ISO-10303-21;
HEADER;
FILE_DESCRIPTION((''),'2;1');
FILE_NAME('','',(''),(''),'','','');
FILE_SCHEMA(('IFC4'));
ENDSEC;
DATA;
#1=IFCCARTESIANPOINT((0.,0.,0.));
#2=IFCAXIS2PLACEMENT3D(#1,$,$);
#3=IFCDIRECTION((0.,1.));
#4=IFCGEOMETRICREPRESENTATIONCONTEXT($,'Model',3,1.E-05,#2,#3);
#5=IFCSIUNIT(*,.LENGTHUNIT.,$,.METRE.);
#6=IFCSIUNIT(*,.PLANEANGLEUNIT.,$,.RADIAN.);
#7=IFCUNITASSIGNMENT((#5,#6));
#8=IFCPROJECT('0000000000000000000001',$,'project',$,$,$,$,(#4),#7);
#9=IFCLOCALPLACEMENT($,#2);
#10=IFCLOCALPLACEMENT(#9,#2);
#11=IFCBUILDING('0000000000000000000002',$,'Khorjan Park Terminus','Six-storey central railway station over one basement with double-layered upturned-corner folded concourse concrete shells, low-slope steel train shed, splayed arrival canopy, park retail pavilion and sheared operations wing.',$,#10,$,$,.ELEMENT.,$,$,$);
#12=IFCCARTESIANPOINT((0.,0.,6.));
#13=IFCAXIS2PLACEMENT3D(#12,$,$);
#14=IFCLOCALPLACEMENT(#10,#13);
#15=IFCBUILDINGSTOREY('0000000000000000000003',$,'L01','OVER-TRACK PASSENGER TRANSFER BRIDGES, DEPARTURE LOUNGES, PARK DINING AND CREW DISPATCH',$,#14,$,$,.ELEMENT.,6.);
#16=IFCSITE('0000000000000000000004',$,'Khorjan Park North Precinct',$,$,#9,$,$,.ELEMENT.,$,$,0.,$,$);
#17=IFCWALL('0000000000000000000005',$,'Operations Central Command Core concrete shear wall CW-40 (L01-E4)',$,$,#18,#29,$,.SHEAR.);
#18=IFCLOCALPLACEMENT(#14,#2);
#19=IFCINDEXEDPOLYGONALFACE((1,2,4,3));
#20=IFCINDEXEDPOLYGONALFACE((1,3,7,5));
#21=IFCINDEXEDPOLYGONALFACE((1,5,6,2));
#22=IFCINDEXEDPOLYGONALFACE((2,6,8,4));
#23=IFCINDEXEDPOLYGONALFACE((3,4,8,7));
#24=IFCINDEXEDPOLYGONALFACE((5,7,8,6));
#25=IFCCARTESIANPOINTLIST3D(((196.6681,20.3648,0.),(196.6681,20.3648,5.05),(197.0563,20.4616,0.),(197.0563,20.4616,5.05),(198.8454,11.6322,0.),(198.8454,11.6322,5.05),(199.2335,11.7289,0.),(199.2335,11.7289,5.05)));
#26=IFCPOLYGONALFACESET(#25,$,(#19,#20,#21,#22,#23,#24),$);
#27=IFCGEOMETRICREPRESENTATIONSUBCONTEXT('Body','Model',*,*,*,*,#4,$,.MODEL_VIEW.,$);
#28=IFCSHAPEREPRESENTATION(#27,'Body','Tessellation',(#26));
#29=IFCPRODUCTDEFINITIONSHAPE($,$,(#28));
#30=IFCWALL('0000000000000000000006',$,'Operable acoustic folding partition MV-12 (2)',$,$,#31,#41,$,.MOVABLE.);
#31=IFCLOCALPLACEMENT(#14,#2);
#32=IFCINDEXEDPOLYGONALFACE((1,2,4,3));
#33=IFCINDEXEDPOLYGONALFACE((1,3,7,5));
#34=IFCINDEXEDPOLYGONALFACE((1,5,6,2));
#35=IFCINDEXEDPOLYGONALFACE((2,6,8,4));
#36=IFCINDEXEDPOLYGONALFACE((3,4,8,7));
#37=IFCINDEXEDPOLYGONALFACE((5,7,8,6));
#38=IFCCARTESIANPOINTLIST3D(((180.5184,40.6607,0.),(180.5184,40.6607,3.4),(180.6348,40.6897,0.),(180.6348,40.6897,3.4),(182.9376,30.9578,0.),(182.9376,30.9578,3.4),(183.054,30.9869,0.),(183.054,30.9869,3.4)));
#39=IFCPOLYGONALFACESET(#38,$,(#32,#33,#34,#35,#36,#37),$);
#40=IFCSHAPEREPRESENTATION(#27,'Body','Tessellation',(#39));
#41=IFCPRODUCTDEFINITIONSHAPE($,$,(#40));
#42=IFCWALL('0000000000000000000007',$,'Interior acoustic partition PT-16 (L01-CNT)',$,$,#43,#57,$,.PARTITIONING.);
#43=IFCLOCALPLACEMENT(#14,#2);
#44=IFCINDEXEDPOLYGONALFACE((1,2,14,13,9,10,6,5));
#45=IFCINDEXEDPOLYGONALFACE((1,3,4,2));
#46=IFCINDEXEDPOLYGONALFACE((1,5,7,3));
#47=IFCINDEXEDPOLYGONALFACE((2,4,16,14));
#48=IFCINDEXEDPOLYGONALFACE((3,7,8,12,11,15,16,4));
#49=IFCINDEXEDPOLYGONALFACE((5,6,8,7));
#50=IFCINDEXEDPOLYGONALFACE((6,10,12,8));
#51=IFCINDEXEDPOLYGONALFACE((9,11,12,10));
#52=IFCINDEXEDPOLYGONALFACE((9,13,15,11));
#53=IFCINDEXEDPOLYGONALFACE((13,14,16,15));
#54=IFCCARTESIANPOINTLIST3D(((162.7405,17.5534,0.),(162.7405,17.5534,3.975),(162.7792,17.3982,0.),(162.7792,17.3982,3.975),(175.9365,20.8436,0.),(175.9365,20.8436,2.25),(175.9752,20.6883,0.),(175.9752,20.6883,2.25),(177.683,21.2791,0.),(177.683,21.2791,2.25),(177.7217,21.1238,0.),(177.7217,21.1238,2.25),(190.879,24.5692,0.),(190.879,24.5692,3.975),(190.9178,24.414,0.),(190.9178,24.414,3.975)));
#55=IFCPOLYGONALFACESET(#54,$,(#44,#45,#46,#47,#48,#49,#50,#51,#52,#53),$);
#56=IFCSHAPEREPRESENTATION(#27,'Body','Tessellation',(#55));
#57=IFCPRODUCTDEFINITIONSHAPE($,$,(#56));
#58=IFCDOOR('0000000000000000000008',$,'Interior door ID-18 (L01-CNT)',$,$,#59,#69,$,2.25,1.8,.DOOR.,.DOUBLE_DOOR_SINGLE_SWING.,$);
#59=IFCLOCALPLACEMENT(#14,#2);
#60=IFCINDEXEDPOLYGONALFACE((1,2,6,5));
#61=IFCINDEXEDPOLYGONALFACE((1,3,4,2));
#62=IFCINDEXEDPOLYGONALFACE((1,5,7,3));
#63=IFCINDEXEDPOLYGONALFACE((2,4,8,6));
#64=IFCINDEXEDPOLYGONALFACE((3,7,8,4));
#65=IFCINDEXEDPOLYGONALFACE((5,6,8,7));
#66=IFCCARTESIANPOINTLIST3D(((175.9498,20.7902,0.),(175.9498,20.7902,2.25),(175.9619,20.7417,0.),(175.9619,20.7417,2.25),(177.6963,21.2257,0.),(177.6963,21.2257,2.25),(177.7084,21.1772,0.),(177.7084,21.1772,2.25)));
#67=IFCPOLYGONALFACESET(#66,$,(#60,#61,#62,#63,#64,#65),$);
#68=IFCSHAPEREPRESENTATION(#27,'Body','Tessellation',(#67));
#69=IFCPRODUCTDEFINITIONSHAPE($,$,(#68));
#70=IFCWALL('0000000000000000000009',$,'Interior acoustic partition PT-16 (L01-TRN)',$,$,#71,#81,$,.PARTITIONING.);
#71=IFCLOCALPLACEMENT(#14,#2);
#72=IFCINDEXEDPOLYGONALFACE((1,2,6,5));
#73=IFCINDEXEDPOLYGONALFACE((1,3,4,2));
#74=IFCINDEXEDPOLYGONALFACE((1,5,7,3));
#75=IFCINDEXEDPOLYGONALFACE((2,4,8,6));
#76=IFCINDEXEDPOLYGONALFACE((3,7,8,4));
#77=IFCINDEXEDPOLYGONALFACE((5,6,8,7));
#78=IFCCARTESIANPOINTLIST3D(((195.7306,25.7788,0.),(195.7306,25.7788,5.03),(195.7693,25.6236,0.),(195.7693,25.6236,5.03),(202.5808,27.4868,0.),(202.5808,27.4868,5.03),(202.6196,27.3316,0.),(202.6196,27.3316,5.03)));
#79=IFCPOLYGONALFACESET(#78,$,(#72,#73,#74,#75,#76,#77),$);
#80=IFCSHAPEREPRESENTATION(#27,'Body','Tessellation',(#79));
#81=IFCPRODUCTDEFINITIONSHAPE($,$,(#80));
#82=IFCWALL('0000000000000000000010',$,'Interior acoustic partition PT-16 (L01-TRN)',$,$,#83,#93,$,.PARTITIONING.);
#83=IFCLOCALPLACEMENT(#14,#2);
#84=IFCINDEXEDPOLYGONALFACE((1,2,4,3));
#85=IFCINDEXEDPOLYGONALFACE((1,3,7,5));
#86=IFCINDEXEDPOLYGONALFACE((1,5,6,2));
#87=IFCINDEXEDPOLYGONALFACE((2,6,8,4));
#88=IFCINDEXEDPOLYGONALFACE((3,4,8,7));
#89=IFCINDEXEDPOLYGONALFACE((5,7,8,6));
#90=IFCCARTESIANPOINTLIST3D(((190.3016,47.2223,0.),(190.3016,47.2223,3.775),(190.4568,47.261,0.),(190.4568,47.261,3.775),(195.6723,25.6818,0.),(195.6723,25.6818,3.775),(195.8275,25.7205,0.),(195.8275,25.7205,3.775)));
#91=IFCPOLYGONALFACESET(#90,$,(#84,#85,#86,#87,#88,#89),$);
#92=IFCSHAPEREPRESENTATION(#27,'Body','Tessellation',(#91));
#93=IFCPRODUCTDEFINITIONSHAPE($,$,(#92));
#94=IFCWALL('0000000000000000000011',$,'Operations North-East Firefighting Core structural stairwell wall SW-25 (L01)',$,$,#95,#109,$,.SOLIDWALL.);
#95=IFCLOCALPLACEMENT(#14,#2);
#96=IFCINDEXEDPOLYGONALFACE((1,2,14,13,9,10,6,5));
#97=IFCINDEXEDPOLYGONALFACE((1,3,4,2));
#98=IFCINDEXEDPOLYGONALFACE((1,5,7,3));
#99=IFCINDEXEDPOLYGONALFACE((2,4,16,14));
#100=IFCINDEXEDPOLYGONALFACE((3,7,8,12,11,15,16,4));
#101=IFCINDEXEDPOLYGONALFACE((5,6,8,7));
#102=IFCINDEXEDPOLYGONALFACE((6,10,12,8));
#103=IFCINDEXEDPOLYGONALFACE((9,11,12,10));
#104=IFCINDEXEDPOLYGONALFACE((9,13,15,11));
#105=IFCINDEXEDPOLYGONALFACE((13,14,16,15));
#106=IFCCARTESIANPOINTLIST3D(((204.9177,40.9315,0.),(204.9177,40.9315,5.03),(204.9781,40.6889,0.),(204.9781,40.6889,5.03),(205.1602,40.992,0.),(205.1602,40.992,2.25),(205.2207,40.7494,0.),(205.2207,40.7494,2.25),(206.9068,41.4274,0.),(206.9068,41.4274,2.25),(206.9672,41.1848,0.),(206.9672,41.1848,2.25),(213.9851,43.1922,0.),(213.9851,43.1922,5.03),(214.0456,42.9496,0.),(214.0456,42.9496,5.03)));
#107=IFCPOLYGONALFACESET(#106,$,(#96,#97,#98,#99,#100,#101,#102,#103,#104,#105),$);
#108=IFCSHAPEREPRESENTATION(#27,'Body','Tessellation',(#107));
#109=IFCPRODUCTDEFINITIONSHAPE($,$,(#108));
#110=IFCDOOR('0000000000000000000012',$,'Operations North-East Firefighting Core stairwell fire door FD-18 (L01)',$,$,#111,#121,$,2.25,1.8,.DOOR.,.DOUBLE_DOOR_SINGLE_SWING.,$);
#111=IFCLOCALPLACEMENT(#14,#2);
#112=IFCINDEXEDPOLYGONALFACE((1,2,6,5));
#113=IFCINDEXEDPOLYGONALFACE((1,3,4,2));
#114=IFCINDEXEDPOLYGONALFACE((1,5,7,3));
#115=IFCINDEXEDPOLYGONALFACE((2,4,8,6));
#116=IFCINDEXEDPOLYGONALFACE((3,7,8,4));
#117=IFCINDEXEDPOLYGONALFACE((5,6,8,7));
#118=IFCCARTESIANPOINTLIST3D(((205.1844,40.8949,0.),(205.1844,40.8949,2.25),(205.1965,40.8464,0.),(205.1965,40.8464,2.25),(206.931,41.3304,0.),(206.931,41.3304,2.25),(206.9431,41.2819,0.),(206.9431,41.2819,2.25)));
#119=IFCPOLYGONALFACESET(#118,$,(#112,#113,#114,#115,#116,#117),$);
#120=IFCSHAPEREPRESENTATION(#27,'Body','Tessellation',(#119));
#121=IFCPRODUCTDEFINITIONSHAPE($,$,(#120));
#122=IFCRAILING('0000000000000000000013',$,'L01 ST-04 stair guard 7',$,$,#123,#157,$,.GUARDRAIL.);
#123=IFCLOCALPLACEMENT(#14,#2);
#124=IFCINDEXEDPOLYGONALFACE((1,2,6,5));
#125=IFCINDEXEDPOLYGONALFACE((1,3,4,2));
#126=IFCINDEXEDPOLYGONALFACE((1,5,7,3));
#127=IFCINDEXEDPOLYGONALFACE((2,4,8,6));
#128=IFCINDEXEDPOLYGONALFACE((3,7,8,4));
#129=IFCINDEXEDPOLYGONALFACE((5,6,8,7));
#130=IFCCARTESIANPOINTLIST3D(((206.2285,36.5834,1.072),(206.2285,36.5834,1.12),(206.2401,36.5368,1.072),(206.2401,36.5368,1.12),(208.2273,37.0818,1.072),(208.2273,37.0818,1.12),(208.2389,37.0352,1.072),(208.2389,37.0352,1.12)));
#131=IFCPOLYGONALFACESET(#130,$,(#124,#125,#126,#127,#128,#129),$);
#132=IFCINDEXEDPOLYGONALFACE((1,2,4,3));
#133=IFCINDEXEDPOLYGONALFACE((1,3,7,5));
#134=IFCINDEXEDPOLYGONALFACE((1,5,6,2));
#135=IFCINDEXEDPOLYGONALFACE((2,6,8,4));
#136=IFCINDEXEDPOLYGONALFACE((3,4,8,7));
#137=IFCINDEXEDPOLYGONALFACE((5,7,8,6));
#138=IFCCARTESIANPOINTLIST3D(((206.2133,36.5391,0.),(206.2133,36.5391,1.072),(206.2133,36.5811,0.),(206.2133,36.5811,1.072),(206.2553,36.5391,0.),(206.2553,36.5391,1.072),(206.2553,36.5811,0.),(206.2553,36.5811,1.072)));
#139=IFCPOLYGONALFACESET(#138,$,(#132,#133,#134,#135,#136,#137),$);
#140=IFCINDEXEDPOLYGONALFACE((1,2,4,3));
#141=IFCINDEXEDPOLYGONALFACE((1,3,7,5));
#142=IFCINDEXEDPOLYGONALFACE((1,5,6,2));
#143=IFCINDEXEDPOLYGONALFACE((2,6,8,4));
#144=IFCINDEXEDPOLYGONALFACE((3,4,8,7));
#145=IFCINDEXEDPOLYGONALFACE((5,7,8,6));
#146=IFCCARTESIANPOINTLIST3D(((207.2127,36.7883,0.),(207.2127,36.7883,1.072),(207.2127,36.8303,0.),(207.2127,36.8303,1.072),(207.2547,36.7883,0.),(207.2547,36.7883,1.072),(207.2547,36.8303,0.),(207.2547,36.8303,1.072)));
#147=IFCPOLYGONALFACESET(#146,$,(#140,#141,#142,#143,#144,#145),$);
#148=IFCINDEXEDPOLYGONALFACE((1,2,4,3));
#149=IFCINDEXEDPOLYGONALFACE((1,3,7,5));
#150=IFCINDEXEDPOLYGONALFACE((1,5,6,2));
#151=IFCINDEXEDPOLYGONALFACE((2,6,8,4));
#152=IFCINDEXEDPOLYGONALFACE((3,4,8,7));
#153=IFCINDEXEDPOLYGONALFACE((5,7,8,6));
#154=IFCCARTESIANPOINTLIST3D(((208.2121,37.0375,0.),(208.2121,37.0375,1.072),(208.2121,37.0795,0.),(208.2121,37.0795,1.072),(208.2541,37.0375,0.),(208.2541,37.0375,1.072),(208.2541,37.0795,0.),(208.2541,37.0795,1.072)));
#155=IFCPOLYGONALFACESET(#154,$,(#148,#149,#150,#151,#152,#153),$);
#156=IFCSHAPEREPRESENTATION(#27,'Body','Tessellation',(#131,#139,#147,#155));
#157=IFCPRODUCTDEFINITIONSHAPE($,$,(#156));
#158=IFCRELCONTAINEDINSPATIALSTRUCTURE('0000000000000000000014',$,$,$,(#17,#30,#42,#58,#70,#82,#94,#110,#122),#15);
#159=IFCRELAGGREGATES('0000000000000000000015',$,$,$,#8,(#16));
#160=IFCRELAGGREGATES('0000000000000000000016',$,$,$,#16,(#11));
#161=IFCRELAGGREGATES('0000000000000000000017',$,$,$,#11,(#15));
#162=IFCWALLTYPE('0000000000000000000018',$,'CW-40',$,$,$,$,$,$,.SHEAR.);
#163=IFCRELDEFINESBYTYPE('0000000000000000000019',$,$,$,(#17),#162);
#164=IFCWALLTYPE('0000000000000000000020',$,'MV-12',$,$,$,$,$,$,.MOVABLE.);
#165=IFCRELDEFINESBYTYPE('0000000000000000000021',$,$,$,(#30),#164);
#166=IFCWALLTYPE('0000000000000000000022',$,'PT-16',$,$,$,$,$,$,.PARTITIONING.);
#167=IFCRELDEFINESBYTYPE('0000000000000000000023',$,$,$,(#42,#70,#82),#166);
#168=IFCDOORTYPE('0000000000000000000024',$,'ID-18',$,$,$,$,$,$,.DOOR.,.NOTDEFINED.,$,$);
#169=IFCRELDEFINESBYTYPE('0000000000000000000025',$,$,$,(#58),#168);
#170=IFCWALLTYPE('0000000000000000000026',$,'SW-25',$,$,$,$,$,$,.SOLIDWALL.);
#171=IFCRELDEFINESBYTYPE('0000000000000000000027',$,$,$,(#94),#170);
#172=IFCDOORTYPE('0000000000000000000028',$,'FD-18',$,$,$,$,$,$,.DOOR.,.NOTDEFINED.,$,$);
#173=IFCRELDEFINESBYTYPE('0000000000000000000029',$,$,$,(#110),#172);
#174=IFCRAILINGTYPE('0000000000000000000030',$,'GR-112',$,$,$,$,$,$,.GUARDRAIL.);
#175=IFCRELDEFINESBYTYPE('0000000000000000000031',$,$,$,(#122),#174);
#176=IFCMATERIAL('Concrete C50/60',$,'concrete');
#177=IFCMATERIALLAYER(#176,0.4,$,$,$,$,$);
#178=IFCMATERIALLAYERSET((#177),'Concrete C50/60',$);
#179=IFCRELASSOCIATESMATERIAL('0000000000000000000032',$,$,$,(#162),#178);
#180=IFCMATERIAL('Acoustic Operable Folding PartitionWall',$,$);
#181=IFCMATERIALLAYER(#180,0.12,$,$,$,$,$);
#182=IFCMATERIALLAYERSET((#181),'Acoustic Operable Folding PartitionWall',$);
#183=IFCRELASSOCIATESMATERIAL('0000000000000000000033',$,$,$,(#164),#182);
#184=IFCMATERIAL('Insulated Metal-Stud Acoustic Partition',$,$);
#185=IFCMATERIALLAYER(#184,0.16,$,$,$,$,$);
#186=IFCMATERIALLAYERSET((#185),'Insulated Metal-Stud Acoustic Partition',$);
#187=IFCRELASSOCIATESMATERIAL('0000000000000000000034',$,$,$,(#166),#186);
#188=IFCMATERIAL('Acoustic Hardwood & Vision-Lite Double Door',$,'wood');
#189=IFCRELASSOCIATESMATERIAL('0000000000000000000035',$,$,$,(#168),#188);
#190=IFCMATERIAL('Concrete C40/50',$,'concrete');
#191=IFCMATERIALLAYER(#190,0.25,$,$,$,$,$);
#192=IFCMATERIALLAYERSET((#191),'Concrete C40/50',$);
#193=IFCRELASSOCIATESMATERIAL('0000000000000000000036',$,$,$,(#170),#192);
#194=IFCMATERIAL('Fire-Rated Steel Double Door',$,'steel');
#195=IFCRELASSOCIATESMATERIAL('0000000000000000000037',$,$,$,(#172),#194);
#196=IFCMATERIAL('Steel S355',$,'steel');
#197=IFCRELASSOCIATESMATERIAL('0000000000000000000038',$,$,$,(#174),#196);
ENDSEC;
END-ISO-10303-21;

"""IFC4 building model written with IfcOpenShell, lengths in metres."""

from ifc_helpers import new_model, si_unit, direction, frame, frame_2d, origin, origin_2d, place, context, subcontext, project, spatial, rectangle, extrude, material, layer, layer_set, type_object, element, fill, save


model = new_model("IFC4")

# Units and contexts
model_context = context("Model", 3, precision=1e-05, world=origin(), true_north=direction((0.0, 1.0)))
body_context = subcontext(model_context, "Body", "Model", "MODEL_VIEW")
ifc_project = project(units=[si_unit("LENGTHUNIT", "METRE"), si_unit("PLANEANGLEUNIT", "RADIAN")], contexts=[model_context])

# Site, building, storey
site_placement = place(None, origin())
site = spatial("IfcSite", under=ifc_project, at=site_placement, Name="Khorjan Park North Precinct", CompositionType="ELEMENT", RefElevation=0.0)
building_placement = place(site_placement, origin())
building = spatial("IfcBuilding", under=site, at=building_placement, Name="Khorjan Park Terminus", Description="Six-storey central railway station over one basement with double-layered upturned-corner folded concourse concrete shells, low-slope steel train shed, splayed arrival canopy, park retail pavilion and sheared operations wing.", CompositionType="ELEMENT")
storey_placement = place(building_placement, frame((0.0, 0.0, 6.0)))
storey = spatial("IfcBuildingStorey", under=building, at=storey_placement, Name="L01", Description="OVER-TRACK PASSENGER TRANSFER BRIDGES, DEPARTURE LOUNGES, PARK DINING AND CREW DISPATCH", CompositionType="ELEMENT", Elevation=6.0)

# Shared definitions
ifc_material_1 = material(Name="Concrete C50/60", Category="concrete")

# Shared definitions
ifc_material_2 = material(Name="Steel S355", Category="steel")
ifc_material_3 = material(Name="Concrete C40/50", Category="concrete")

# Shared definitions
ifc_layer_1 = layer(ifc_material_1, 0.4)
ifc_layer_set_1 = layer_set([ifc_layer_1], Name="Concrete C50/60")
wall_type_1 = type_object("IfcWallType", Name="CW-40", PredefinedType="SHEAR", material=ifc_layer_set_1)
ifc_material_4 = material(Name="Fire-Rated Steel Double Door", Category="steel")

# Walls
wall_1_placement = place(storey_placement, frame((196.8622, 20.4132, 0.0), z_axis=(0.0, 0.0, 1.0), x_axis=(0.241921, -0.970296, 0.0)))
element("IfcWall", 1, at=wall_1_placement, inside=storey, type_object=wall_type_1, Name="Operations Central Command Core concrete shear wall CW-40 (L01-E4)", PredefinedType="SHEAR", context=body_context, shape_type="SweptSolid", body=[
    extrude(rectangle(XDim=9.0, YDim=0.4, at=frame_2d((4.5, 0.0))), origin(), (0.0, 0.0, 1.0), 5.05),
])
ifc_material_5 = material(Name="Acoustic Operable Folding PartitionWall")
ifc_layer_2 = layer(ifc_material_5, 0.12)
ifc_layer_set_2 = layer_set([ifc_layer_2], Name="Acoustic Operable Folding PartitionWall")
wall_type_2 = type_object("IfcWallType", Name="MV-12", PredefinedType="MOVABLE", material=ifc_layer_set_2)
wall_2_placement = place(storey_placement, frame((182.9958, 30.9723, 0.0), z_axis=(0.0, 0.0, 1.0), x_axis=(-0.241921, 0.970296, 0.0)))
element("IfcWall", 2, at=wall_2_placement, inside=storey, type_object=wall_type_2, Name="Operable acoustic folding partition MV-12 (2)", PredefinedType="MOVABLE", context=body_context, shape_type="SweptSolid", body=[
    extrude(rectangle(XDim=9.9999, YDim=0.12, at=frame_2d((5.0, 0.0))), origin(), (0.0, 0.0, 1.0), 3.4),
])

# Wall, opening, door
ifc_material_6 = material(Name="Insulated Metal-Stud Acoustic Partition")
ifc_layer_3 = layer(ifc_material_6, 0.16)
ifc_layer_set_3 = layer_set([ifc_layer_3], Name="Insulated Metal-Stud Acoustic Partition")
wall_type_3 = type_object("IfcWallType", Name="PT-16", PredefinedType="PARTITIONING", material=ifc_layer_set_3)
wall_3_placement = place(storey_placement, frame((190.8984, 24.4916, 0.0), z_axis=(0.0, 0.0, 1.0), x_axis=(-0.970295, -0.241924, 0.0)))
wall_3 = element("IfcWall", 3, at=wall_3_placement, inside=storey, type_object=wall_type_3, Name="Interior acoustic partition PT-16 (L01-CNT)", PredefinedType="PARTITIONING", context=body_context, shape_type="SweptSolid", body=[
    extrude(rectangle(XDim=29.0, YDim=0.16, at=frame_2d((14.5, 0.0))), origin(), (0.0, 0.0, 1.0), 3.975),
])
opening_1_placement = place(wall_3_placement, frame((13.6, 0.0, 0.0)))
opening_1 = element("IfcOpeningElement", 4, at=opening_1_placement, cuts=wall_3, PredefinedType="OPENING", context=body_context, shape_type="SweptSolid", body=[
    extrude(rectangle(XDim=1.8, YDim=2.25, at=frame_2d((0.9, 1.125))), frame((0.0, 0.09, 0.0), z_axis=(0.0, -1.0, 0.0), x_axis=(1.0, 0.0, 0.0)), (0.0, 0.0, 1.0), 0.18),
])
ifc_material_7 = material(Name="Acoustic Hardwood & Vision-Lite Double Door", Category="wood")
door_type_1 = type_object("IfcDoorType", Name="ID-18", OperationType="NOTDEFINED", PredefinedType="DOOR", material=ifc_material_7)
door_1_placement = place(opening_1_placement, origin())
door_1 = element("IfcDoor", 5, at=door_1_placement, inside=storey, type_object=door_type_1, Name="Interior door ID-18 (L01-CNT)", OperationType="DOUBLE_DOOR_SINGLE_SWING", OverallHeight=2.25, OverallWidth=1.8, PredefinedType="DOOR", context=body_context, shape_type="SweptSolid", body=[
    extrude(rectangle(XDim=1.8, YDim=2.25, at=frame_2d((0.9, 1.125))), frame((0.0, 0.025, 0.0), z_axis=(0.0, -1.0, 0.0), x_axis=(1.0, 0.0, 0.0)), (0.0, 0.0, 1.0), 0.05),
])
fill(opening_1, door_1)

# Walls
wall_4_placement = place(storey_placement, frame((202.6002, 27.4092, 0.0), z_axis=(0.0, 0.0, 1.0), x_axis=(-0.970295, -0.241926, 0.0)))
element("IfcWall", 6, at=wall_4_placement, inside=storey, type_object=wall_type_3, Name="Interior acoustic partition PT-16 (L01-TRN)", PredefinedType="PARTITIONING", context=body_context, shape_type="SweptSolid", body=[
    extrude(rectangle(XDim=7.06, YDim=0.16, at=frame_2d((3.53, 0.0))), origin(), (0.0, 0.0, 1.0), 5.03),
])
wall_5_placement = place(storey_placement, frame((195.7499, 25.7012, 0.0), z_axis=(0.0, 0.0, 1.0), x_axis=(-0.241924, 0.970295, 0.0)))
element("IfcWall", 7, at=wall_5_placement, inside=storey, type_object=wall_type_3, Name="Interior acoustic partition PT-16 (L01-TRN)", PredefinedType="PARTITIONING", context=body_context, shape_type="SweptSolid", body=[
    extrude(rectangle(XDim=22.1999, YDim=0.16, at=frame_2d((11.0999, 0.0))), origin(), (0.0, 0.0, 1.0), 3.775),
])

# Wall, opening, door
ifc_layer_4 = layer(ifc_material_3, 0.25)
ifc_layer_set_4 = layer_set([ifc_layer_4], Name="Concrete C40/50")
wall_type_4 = type_object("IfcWallType", Name="SW-25", PredefinedType="SOLIDWALL", material=ifc_layer_set_4)
wall_6_placement = place(storey_placement, frame((204.9479, 40.8102, 0.0), z_axis=(0.0, 0.0, 1.0), x_axis=(0.970297, 0.241916, 0.0)))
wall_6 = element("IfcWall", 8, at=wall_6_placement, inside=storey, type_object=wall_type_4, Name="Operations North-East Firefighting Core structural stairwell wall SW-25 (L01)", PredefinedType="SOLIDWALL", context=body_context, shape_type="SweptSolid", body=[
    extrude(rectangle(XDim=9.345, YDim=0.25, at=frame_2d((4.6725, 0.0))), origin(), (0.0, 0.0, 1.0), 5.03),
])
opening_2_placement = place(wall_6_placement, frame((0.25, 0.0, 0.0)))
opening_2 = element("IfcOpeningElement", 9, at=opening_2_placement, cuts=wall_6, PredefinedType="OPENING", context=body_context, shape_type="SweptSolid", body=[
    extrude(rectangle(XDim=1.8, YDim=2.25, at=frame_2d((0.9, 1.125))), frame((0.0, 0.135, 0.0), z_axis=(0.0, -1.0, 0.0), x_axis=(1.0, 0.0, 0.0)), (0.0, 0.0, 1.0), 0.27),
])
door_type_2 = type_object("IfcDoorType", Name="FD-18", OperationType="NOTDEFINED", PredefinedType="DOOR", material=ifc_material_4)
door_2_placement = place(opening_2_placement, origin())
door_2 = element("IfcDoor", 10, at=door_2_placement, inside=storey, type_object=door_type_2, Name="Operations North-East Firefighting Core stairwell fire door FD-18 (L01)", OperationType="DOUBLE_DOOR_SINGLE_SWING", OverallHeight=2.25, OverallWidth=1.8, PredefinedType="DOOR", context=body_context, shape_type="SweptSolid", body=[
    extrude(rectangle(XDim=1.8, YDim=2.25, at=frame_2d((0.9, 1.125))), frame((0.0, 0.025, 0.0), z_axis=(0.0, -1.0, 0.0), x_axis=(1.0, 0.0, 0.0)), (0.0, 0.0, 1.0), 0.05),
])
fill(opening_2, door_2)

# Railing
railing_type_1 = type_object("IfcRailingType", Name="GR-112", PredefinedType="GUARDRAIL", material=ifc_material_2)
railing_1_placement = place(storey_placement, frame((206.2343, 36.5601, 0.0)))
element("IfcRailing", 11, at=railing_1_placement, inside=storey, type_object=railing_type_1, Name="L01 ST-04 stair guard 7", PredefinedType="GUARDRAIL", context=body_context, shape_type="SweptSolid", body=[
    extrude(rectangle(XDim=0.048, YDim=0.048, at=origin_2d()), frame((0.0, 0.0, 1.096), z_axis=(0.970291, 0.241942, 0.0), x_axis=(-0.241942, 0.970291, 0.0)), (0.0, 0.0, 1.0), 2.06),
    extrude(rectangle(XDim=0.042, YDim=0.042, at=origin_2d()), origin(), (0.0, 0.0, 1.0), 1.072),
    extrude(rectangle(XDim=0.042, YDim=0.042, at=origin_2d()), frame((0.9994, 0.2492, 0.0)), (0.0, 0.0, 1.0), 1.072),
    extrude(rectangle(XDim=0.042, YDim=0.042, at=origin_2d()), frame((1.9988, 0.4984, 0.0)), (0.0, 0.0, 1.0), 1.072),
])

save(model, "model.ifc")
